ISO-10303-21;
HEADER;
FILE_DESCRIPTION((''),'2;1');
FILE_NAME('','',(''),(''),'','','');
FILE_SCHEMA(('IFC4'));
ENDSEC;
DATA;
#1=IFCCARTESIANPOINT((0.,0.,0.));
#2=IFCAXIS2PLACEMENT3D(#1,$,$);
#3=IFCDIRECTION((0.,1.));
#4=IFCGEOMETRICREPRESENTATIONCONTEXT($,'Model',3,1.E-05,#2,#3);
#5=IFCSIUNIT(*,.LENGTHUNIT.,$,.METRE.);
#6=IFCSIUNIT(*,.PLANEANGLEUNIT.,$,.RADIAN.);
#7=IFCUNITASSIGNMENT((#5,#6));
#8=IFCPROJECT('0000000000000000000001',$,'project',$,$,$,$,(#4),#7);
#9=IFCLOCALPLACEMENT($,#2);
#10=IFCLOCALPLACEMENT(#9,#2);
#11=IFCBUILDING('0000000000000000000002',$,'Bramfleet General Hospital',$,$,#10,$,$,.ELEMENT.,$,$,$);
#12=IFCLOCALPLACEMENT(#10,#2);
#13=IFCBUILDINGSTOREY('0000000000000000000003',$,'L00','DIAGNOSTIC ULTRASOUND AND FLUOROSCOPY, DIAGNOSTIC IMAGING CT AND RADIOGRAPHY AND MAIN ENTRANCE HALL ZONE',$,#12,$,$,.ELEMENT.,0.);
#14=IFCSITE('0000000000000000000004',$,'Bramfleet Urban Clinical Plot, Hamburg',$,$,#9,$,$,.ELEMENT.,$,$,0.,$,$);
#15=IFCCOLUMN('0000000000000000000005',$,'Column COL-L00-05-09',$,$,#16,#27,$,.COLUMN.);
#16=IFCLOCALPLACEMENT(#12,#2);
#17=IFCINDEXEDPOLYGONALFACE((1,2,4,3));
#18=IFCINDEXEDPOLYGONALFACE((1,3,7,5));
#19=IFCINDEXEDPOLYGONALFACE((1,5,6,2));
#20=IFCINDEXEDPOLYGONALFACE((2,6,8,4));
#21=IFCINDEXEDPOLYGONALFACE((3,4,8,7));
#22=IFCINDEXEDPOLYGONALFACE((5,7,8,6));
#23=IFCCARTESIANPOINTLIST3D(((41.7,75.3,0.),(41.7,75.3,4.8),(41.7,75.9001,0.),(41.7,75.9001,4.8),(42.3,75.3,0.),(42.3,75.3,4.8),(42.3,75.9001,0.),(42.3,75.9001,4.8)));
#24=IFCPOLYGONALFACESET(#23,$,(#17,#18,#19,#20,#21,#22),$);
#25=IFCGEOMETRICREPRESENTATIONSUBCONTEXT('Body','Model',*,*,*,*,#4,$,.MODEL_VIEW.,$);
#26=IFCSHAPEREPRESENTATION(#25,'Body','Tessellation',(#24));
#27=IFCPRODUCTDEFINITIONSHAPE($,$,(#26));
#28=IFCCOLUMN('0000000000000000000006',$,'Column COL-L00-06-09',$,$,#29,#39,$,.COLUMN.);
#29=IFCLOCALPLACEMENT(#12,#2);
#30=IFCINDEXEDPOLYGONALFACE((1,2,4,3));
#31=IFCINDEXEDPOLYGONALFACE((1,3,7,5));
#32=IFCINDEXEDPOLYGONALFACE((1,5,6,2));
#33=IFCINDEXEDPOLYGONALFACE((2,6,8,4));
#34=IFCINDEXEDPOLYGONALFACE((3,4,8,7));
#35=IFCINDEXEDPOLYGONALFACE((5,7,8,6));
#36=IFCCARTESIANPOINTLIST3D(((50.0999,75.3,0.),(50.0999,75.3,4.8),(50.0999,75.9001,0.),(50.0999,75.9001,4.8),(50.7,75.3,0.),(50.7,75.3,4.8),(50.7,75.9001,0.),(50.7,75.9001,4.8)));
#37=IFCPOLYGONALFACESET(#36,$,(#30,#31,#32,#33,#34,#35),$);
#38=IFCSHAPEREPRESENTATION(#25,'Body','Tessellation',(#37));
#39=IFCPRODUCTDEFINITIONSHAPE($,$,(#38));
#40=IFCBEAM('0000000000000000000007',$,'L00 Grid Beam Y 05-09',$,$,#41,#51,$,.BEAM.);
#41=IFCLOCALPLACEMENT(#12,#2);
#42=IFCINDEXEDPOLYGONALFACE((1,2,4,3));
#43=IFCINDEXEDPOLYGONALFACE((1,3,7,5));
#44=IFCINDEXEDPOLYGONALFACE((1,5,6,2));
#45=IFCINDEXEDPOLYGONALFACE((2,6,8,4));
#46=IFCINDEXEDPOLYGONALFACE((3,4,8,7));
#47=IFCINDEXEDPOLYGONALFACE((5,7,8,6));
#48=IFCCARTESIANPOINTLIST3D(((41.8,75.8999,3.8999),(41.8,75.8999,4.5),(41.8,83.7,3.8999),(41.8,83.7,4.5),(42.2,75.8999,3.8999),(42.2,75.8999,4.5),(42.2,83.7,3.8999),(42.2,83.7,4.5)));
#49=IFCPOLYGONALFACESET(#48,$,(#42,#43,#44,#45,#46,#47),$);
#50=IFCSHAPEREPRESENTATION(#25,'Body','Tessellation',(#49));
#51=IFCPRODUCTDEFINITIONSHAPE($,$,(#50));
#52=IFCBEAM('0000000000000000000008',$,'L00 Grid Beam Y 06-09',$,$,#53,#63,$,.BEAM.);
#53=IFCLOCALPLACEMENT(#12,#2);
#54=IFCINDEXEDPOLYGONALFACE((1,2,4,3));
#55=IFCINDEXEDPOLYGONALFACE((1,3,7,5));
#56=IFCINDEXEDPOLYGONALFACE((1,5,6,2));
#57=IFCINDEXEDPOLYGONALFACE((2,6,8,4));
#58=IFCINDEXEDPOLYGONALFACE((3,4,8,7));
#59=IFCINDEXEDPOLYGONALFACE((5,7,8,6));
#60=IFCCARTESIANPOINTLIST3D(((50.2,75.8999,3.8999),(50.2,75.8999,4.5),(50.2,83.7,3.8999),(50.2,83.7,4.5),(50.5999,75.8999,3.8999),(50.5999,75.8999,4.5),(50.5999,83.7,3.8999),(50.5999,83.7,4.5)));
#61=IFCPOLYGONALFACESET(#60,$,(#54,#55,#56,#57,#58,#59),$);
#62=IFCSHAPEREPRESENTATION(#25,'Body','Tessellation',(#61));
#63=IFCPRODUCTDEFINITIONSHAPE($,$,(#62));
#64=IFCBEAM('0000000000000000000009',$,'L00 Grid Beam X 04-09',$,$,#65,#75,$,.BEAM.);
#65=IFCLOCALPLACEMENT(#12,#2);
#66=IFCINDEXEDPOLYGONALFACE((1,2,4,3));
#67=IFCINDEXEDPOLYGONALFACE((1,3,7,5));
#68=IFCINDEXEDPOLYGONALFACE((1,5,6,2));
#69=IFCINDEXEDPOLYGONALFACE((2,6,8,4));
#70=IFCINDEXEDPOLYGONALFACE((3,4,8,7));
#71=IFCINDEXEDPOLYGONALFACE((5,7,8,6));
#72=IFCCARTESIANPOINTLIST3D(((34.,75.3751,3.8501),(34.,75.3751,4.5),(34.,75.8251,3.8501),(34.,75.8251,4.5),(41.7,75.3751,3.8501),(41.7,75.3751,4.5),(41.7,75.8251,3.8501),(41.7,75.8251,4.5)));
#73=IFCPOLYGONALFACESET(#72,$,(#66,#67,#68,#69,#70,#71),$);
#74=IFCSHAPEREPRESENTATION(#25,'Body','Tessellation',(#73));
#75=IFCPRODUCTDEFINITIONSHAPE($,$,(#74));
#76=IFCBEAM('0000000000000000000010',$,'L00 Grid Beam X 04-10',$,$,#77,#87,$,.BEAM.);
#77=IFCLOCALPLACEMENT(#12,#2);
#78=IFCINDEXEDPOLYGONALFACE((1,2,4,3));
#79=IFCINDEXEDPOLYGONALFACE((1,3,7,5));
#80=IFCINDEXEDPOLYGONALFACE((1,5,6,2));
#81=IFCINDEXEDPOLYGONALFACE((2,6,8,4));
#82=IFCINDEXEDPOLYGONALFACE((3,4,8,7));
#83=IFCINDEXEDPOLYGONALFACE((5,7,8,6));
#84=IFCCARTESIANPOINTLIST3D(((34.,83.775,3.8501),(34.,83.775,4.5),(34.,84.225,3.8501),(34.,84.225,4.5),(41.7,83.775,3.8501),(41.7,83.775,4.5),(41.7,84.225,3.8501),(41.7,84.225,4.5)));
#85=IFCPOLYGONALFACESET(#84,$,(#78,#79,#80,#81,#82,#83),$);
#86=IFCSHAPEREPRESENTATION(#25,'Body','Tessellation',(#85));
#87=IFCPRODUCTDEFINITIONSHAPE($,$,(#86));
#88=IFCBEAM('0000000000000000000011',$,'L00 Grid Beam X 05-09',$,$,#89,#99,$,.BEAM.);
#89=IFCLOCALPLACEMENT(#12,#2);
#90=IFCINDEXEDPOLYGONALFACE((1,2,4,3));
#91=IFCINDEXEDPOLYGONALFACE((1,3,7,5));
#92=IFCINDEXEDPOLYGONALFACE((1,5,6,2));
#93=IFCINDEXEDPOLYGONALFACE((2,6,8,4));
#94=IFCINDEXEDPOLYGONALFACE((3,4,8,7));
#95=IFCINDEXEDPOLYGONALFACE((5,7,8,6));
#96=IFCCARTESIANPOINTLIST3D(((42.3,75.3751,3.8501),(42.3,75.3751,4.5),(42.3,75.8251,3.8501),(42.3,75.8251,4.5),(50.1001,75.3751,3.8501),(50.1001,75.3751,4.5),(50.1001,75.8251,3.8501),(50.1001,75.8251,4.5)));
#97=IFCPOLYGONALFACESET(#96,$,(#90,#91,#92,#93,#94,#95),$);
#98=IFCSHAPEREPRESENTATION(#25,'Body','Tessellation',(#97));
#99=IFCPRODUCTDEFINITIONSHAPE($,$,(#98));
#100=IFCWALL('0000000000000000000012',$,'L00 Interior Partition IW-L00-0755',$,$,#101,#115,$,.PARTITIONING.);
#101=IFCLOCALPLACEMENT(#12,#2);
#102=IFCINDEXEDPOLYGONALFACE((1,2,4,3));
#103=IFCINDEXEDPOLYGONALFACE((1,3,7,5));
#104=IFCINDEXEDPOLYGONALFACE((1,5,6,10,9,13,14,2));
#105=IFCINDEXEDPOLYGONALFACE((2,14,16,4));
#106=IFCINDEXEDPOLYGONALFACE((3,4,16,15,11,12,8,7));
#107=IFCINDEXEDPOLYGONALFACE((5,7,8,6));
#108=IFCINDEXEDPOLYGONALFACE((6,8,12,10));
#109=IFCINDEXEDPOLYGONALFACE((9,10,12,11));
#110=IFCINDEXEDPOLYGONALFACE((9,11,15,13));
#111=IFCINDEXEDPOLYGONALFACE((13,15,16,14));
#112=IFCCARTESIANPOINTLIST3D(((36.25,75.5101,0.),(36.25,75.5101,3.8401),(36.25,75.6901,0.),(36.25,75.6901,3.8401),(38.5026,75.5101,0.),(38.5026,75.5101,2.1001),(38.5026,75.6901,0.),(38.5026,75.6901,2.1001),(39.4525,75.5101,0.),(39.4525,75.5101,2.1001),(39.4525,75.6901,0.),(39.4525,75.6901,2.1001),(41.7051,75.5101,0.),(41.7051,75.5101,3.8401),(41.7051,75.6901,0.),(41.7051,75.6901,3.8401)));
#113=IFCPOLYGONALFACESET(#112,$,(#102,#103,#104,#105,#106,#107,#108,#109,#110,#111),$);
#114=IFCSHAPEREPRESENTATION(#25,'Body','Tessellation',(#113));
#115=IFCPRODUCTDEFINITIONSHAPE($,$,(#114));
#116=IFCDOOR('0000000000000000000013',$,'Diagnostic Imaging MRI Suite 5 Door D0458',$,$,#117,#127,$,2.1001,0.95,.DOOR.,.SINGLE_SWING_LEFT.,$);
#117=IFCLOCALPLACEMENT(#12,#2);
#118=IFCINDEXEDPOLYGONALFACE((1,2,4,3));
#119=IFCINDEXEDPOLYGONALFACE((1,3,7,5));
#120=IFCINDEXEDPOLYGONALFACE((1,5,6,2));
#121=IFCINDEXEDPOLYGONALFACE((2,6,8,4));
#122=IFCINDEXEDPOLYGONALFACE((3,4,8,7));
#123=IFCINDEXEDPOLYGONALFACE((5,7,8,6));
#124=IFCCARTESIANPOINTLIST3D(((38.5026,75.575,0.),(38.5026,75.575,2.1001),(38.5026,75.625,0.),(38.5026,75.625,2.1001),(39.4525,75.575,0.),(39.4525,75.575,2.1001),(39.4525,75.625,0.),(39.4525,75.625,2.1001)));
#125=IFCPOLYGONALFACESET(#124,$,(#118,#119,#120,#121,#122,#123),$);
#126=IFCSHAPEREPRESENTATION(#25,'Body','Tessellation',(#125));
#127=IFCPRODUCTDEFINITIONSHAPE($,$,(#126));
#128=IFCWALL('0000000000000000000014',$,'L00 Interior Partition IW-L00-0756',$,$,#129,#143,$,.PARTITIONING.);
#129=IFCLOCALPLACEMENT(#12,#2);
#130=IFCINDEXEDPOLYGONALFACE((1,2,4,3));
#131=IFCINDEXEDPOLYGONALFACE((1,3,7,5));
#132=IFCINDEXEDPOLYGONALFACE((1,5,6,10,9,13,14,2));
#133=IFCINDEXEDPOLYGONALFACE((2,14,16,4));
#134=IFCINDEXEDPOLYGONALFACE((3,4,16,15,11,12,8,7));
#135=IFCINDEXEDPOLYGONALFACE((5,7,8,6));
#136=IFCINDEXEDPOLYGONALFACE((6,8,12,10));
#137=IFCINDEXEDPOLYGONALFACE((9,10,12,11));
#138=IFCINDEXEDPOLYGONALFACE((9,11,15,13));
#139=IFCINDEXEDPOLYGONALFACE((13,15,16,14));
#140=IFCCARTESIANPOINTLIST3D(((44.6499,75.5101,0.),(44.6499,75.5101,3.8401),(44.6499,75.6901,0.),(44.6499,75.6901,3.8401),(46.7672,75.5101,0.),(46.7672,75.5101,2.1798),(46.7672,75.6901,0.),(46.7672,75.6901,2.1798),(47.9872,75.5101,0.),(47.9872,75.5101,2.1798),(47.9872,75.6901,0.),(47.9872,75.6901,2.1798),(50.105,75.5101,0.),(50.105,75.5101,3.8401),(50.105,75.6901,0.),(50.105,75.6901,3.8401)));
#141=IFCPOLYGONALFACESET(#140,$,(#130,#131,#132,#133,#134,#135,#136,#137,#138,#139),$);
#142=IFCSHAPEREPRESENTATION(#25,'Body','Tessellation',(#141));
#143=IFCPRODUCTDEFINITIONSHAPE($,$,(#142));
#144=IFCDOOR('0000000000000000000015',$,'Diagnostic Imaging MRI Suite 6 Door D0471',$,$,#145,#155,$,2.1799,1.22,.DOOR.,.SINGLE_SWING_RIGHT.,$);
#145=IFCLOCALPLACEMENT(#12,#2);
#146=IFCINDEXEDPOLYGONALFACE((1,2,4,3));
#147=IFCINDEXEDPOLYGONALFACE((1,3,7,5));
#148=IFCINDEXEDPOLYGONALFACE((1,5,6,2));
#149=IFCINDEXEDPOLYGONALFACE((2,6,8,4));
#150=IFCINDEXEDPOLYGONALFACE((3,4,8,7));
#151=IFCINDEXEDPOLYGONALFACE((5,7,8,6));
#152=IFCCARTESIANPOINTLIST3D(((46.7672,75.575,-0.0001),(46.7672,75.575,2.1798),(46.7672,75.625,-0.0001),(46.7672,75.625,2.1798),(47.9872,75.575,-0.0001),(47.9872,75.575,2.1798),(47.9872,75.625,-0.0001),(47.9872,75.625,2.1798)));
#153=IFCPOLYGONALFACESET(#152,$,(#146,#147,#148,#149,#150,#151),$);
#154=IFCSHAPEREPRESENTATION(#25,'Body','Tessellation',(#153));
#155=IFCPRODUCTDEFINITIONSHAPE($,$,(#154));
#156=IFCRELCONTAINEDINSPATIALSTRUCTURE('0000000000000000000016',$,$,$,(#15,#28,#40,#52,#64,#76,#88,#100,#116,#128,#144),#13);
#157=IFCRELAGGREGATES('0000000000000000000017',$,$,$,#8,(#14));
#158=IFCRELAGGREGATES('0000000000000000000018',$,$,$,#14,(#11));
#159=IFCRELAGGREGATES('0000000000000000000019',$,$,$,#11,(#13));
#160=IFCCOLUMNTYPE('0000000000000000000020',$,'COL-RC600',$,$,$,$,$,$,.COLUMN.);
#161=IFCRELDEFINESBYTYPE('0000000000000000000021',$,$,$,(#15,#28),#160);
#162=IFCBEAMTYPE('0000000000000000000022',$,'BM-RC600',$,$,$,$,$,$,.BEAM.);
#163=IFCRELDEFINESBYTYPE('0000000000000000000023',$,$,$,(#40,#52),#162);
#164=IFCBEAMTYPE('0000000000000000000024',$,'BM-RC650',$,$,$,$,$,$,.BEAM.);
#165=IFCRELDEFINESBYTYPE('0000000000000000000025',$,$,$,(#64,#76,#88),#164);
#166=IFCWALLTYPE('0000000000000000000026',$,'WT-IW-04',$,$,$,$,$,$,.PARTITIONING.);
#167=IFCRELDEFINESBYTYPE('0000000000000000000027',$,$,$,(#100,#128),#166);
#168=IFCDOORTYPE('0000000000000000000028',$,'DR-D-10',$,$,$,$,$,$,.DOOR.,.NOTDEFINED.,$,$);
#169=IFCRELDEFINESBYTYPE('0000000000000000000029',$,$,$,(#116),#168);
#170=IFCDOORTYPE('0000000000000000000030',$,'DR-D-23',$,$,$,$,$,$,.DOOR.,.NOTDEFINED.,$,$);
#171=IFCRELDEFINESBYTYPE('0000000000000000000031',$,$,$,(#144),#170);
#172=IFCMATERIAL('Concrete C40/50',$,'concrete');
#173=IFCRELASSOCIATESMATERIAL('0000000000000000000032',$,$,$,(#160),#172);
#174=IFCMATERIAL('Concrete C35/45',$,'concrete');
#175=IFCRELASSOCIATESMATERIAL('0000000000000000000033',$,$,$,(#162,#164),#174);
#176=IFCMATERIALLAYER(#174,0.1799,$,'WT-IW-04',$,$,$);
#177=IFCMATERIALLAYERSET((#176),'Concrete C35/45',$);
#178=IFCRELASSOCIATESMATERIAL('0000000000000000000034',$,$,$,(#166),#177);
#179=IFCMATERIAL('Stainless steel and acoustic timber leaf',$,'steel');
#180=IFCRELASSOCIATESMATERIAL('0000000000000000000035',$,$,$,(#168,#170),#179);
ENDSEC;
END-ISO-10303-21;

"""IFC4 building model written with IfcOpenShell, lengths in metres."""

from ifc_helpers import new_model, si_unit, direction, frame, frame_2d, origin, origin_2d, place, context, subcontext, project, spatial, rectangle, extrude, material, layer, layer_set, material_profile, profile_set, type_object, element, fill, save


model = new_model("IFC4")

# Units and contexts
model_context = context("Model", 3, precision=1e-05, world=origin(), true_north=direction((0.0, 1.0)))
body_context = subcontext(model_context, "Body", "Model", "MODEL_VIEW")
ifc_project = project(units=[si_unit("LENGTHUNIT", "METRE"), si_unit("PLANEANGLEUNIT", "RADIAN")], contexts=[model_context])

# Site, building, storey
site_placement = place(None, origin())
site = spatial("IfcSite", under=ifc_project, at=site_placement, Name="Bramfleet Urban Clinical Plot, Hamburg", CompositionType="ELEMENT", RefElevation=0.0)
building_placement = place(site_placement, origin())
building = spatial("IfcBuilding", under=site, at=building_placement, Name="Bramfleet General Hospital", CompositionType="ELEMENT")
storey_placement = place(building_placement, origin())
storey = spatial("IfcBuildingStorey", under=building, at=storey_placement, Name="L00", Description="DIAGNOSTIC ULTRASOUND AND FLUOROSCOPY, DIAGNOSTIC IMAGING CT AND RADIOGRAPHY AND MAIN ENTRANCE HALL ZONE", CompositionType="ELEMENT", Elevation=0.0)

# Columns
ifc_material_1 = material(Name="Concrete C40/50", Category="concrete")
ifc_material_profile_1 = material_profile(ifc_material_1, rectangle(XDim=0.6001, YDim=0.6001, at=origin_2d()), Name="RC COL 600x600")
ifc_profile_set_1 = profile_set([ifc_material_profile_1], Name="Concrete C40/50")
column_type = type_object("IfcColumnType", Name="COL-RC600", PredefinedType="COLUMN", material=ifc_profile_set_1)
for number, where, z_axis, x_axis, name in (
    (1, (42.0, 75.6001, 0.0), (0.0, 0.0, 1.0), (1.0, 0.0, 0.0), "Column COL-L00-05-09"),
    (2, (50.3999, 75.6001, 0.0), (0.0, 0.0, 1.0), (1.0, 0.0, 0.0), "Column COL-L00-06-09"),
):
    element("IfcColumn", number, at=place(storey_placement, frame(where, z_axis=z_axis, x_axis=x_axis)), inside=storey, type_object=column_type, Name=name, PredefinedType="COLUMN", context=body_context, shape_type="SweptSolid", body=[
        extrude(rectangle(XDim=0.6001, YDim=0.6001, at=origin_2d()), origin(), (0.0, 0.0, 1.0), 4.8),
    ])

# Beams
ifc_material_2 = material(Name="Concrete C35/45", Category="concrete")
ifc_material_profile_2 = material_profile(ifc_material_2, rectangle(XDim=0.3999, YDim=0.6001, at=origin_2d()), Name="RC BM 600x400")
ifc_profile_set_2 = profile_set([ifc_material_profile_2], Name="Concrete C35/45")
beam_type_1 = type_object("IfcBeamType", Name="BM-RC600", PredefinedType="BEAM", material=ifc_profile_set_2)
for number, where, z_axis, x_axis, name in (
    (3, (42.0, 75.8999, 4.2), (0.0, 1.0, 0.0), (-1.0, 0.0, 0.0), "L00 Grid Beam Y 05-09"),
    (4, (50.3999, 75.8999, 4.2), (0.0, 1.0, 0.0), (-1.0, 0.0, 0.0), "L00 Grid Beam Y 06-09"),
):
    element("IfcBeam", number, at=place(storey_placement, frame(where, z_axis=z_axis, x_axis=x_axis)), inside=storey, type_object=beam_type_1, Name=name, PredefinedType="BEAM", context=body_context, shape_type="SweptSolid", body=[
        extrude(rectangle(XDim=0.3999, YDim=0.6001, at=origin_2d()), origin(), (0.0, 0.0, 1.0), 7.8),
    ])
ifc_material_profile_3 = material_profile(ifc_material_2, rectangle(XDim=0.45, YDim=0.6499, at=origin_2d()), Name="RC BM 650x450")
ifc_profile_set_3 = profile_set([ifc_material_profile_3], Name="Concrete C35/45")
beam_type_2 = type_object("IfcBeamType", Name="BM-RC650", PredefinedType="BEAM", material=ifc_profile_set_3)
for number, where, z_axis, x_axis, name in (
    (5, (34.0, 75.6001, 4.175), (1.0, 0.0, 0.0), (0.0, 1.0, 0.0), "L00 Grid Beam X 04-09"),
    (6, (34.0, 84.0, 4.175), (1.0, 0.0, 0.0), (0.0, 1.0, 0.0), "L00 Grid Beam X 04-10"),
):
    element("IfcBeam", number, at=place(storey_placement, frame(where, z_axis=z_axis, x_axis=x_axis)), inside=storey, type_object=beam_type_2, Name=name, PredefinedType="BEAM", context=body_context, shape_type="SweptSolid", body=[
        extrude(rectangle(XDim=0.45, YDim=0.6499, at=origin_2d()), origin(), (0.0, 0.0, 1.0), 7.7),
    ])
beam_placement = place(storey_placement, frame((42.3, 75.6001, 4.175), z_axis=(1.0, 0.0, 0.0), x_axis=(0.0, 1.0, 0.0)))
element("IfcBeam", 7, at=beam_placement, inside=storey, type_object=beam_type_2, Name="L00 Grid Beam X 05-09", PredefinedType="BEAM", context=body_context, shape_type="SweptSolid", body=[
    extrude(rectangle(XDim=0.45, YDim=0.6499, at=origin_2d()), origin(), (0.0, 0.0, 1.0), 7.8),
])

# Walls, openings, doors
ifc_layer = layer(ifc_material_2, 0.1799, Name="WT-IW-04")
ifc_layer_set = layer_set([ifc_layer], Name="Concrete C35/45")
wall_type = type_object("IfcWallType", Name="WT-IW-04", PredefinedType="PARTITIONING", material=ifc_layer_set)
wall_1_placement = place(storey_placement, frame((36.25, 75.6001, 0.0), z_axis=(0.0, 0.0, 1.0), x_axis=(1.0, 0.0, 0.0)))
wall_1 = element("IfcWall", 8, at=wall_1_placement, inside=storey, type_object=wall_type, Name="L00 Interior Partition IW-L00-0755", PredefinedType="PARTITIONING", context=body_context, shape_type="SweptSolid", body=[
    extrude(rectangle(XDim=5.4551, YDim=0.1799, at=frame_2d((2.7275, 0.0))), origin(), (0.0, 0.0, 1.0), 3.8401),
])
opening_1_placement = place(wall_1_placement, frame((2.2524, 0.0, 0.0)))
opening_1 = element("IfcOpeningElement", 9, at=opening_1_placement, cuts=wall_1, PredefinedType="OPENING", context=body_context, shape_type="SweptSolid", body=[
    extrude(rectangle(XDim=0.95, YDim=2.1001, at=frame_2d((0.4751, 1.05))), frame((0.0, 0.0999, 0.0), z_axis=(0.0, -1.0, 0.0), x_axis=(1.0, 0.0, 0.0)), (0.0, 0.0, 1.0), 0.2),
])
ifc_material_3 = material(Name="Stainless steel and acoustic timber leaf", Category="steel")
door_type_1 = type_object("IfcDoorType", Name="DR-D-10", OperationType="NOTDEFINED", PredefinedType="DOOR", material=ifc_material_3)
door_1_placement = place(opening_1_placement, origin())
door_1 = element("IfcDoor", 10, at=door_1_placement, inside=storey, type_object=door_type_1, Name="Diagnostic Imaging MRI Suite 5 Door D0458", OperationType="SINGLE_SWING_LEFT", OverallHeight=2.1001, OverallWidth=0.95, PredefinedType="DOOR", context=body_context, shape_type="SweptSolid", body=[
    extrude(rectangle(XDim=0.95, YDim=2.1001, at=frame_2d((0.4751, 1.05))), frame((0.0, 0.0249, 0.0), z_axis=(0.0, -1.0, 0.0), x_axis=(1.0, 0.0, 0.0)), (0.0, 0.0, 1.0), 0.05),
])
fill(opening_1, door_1)
wall_2_placement = place(storey_placement, frame((44.6499, 75.6001, 0.0), z_axis=(0.0, 0.0, 1.0), x_axis=(1.0, 0.0, 0.0)))
wall_2 = element("IfcWall", 11, at=wall_2_placement, inside=storey, type_object=wall_type, Name="L00 Interior Partition IW-L00-0756", PredefinedType="PARTITIONING", context=body_context, shape_type="SweptSolid", body=[
    extrude(rectangle(XDim=5.4551, YDim=0.1799, at=frame_2d((2.7275, 0.0))), origin(), (0.0, 0.0, 1.0), 3.8401),
])
opening_2_placement = place(wall_2_placement, frame((2.1174, 0.0, 0.0)))
opening_2 = element("IfcOpeningElement", 12, at=opening_2_placement, cuts=wall_2, PredefinedType="OPENING", context=body_context, shape_type="SweptSolid", body=[
    extrude(rectangle(XDim=1.22, YDim=2.1799, at=frame_2d((0.6099, 1.0898))), frame((0.0, 0.0999, 0.0), z_axis=(0.0, -1.0, 0.0), x_axis=(1.0, 0.0, 0.0)), (0.0, 0.0, 1.0), 0.2),
])
door_type_2 = type_object("IfcDoorType", Name="DR-D-23", OperationType="NOTDEFINED", PredefinedType="DOOR", material=ifc_material_3)
door_2_placement = place(opening_2_placement, origin())
door_2 = element("IfcDoor", 13, at=door_2_placement, inside=storey, type_object=door_type_2, Name="Diagnostic Imaging MRI Suite 6 Door D0471", OperationType="SINGLE_SWING_RIGHT", OverallHeight=2.1799, OverallWidth=1.22, PredefinedType="DOOR", context=body_context, shape_type="SweptSolid", body=[
    extrude(rectangle(XDim=1.22, YDim=2.1799, at=frame_2d((0.6099, 1.0898))), frame((0.0, 0.0249, 0.0), z_axis=(0.0, -1.0, 0.0), x_axis=(1.0, 0.0, 0.0)), (0.0, 0.0, 1.0), 0.05),
])
fill(opening_2, door_2)

save(model, "model.ifc")
